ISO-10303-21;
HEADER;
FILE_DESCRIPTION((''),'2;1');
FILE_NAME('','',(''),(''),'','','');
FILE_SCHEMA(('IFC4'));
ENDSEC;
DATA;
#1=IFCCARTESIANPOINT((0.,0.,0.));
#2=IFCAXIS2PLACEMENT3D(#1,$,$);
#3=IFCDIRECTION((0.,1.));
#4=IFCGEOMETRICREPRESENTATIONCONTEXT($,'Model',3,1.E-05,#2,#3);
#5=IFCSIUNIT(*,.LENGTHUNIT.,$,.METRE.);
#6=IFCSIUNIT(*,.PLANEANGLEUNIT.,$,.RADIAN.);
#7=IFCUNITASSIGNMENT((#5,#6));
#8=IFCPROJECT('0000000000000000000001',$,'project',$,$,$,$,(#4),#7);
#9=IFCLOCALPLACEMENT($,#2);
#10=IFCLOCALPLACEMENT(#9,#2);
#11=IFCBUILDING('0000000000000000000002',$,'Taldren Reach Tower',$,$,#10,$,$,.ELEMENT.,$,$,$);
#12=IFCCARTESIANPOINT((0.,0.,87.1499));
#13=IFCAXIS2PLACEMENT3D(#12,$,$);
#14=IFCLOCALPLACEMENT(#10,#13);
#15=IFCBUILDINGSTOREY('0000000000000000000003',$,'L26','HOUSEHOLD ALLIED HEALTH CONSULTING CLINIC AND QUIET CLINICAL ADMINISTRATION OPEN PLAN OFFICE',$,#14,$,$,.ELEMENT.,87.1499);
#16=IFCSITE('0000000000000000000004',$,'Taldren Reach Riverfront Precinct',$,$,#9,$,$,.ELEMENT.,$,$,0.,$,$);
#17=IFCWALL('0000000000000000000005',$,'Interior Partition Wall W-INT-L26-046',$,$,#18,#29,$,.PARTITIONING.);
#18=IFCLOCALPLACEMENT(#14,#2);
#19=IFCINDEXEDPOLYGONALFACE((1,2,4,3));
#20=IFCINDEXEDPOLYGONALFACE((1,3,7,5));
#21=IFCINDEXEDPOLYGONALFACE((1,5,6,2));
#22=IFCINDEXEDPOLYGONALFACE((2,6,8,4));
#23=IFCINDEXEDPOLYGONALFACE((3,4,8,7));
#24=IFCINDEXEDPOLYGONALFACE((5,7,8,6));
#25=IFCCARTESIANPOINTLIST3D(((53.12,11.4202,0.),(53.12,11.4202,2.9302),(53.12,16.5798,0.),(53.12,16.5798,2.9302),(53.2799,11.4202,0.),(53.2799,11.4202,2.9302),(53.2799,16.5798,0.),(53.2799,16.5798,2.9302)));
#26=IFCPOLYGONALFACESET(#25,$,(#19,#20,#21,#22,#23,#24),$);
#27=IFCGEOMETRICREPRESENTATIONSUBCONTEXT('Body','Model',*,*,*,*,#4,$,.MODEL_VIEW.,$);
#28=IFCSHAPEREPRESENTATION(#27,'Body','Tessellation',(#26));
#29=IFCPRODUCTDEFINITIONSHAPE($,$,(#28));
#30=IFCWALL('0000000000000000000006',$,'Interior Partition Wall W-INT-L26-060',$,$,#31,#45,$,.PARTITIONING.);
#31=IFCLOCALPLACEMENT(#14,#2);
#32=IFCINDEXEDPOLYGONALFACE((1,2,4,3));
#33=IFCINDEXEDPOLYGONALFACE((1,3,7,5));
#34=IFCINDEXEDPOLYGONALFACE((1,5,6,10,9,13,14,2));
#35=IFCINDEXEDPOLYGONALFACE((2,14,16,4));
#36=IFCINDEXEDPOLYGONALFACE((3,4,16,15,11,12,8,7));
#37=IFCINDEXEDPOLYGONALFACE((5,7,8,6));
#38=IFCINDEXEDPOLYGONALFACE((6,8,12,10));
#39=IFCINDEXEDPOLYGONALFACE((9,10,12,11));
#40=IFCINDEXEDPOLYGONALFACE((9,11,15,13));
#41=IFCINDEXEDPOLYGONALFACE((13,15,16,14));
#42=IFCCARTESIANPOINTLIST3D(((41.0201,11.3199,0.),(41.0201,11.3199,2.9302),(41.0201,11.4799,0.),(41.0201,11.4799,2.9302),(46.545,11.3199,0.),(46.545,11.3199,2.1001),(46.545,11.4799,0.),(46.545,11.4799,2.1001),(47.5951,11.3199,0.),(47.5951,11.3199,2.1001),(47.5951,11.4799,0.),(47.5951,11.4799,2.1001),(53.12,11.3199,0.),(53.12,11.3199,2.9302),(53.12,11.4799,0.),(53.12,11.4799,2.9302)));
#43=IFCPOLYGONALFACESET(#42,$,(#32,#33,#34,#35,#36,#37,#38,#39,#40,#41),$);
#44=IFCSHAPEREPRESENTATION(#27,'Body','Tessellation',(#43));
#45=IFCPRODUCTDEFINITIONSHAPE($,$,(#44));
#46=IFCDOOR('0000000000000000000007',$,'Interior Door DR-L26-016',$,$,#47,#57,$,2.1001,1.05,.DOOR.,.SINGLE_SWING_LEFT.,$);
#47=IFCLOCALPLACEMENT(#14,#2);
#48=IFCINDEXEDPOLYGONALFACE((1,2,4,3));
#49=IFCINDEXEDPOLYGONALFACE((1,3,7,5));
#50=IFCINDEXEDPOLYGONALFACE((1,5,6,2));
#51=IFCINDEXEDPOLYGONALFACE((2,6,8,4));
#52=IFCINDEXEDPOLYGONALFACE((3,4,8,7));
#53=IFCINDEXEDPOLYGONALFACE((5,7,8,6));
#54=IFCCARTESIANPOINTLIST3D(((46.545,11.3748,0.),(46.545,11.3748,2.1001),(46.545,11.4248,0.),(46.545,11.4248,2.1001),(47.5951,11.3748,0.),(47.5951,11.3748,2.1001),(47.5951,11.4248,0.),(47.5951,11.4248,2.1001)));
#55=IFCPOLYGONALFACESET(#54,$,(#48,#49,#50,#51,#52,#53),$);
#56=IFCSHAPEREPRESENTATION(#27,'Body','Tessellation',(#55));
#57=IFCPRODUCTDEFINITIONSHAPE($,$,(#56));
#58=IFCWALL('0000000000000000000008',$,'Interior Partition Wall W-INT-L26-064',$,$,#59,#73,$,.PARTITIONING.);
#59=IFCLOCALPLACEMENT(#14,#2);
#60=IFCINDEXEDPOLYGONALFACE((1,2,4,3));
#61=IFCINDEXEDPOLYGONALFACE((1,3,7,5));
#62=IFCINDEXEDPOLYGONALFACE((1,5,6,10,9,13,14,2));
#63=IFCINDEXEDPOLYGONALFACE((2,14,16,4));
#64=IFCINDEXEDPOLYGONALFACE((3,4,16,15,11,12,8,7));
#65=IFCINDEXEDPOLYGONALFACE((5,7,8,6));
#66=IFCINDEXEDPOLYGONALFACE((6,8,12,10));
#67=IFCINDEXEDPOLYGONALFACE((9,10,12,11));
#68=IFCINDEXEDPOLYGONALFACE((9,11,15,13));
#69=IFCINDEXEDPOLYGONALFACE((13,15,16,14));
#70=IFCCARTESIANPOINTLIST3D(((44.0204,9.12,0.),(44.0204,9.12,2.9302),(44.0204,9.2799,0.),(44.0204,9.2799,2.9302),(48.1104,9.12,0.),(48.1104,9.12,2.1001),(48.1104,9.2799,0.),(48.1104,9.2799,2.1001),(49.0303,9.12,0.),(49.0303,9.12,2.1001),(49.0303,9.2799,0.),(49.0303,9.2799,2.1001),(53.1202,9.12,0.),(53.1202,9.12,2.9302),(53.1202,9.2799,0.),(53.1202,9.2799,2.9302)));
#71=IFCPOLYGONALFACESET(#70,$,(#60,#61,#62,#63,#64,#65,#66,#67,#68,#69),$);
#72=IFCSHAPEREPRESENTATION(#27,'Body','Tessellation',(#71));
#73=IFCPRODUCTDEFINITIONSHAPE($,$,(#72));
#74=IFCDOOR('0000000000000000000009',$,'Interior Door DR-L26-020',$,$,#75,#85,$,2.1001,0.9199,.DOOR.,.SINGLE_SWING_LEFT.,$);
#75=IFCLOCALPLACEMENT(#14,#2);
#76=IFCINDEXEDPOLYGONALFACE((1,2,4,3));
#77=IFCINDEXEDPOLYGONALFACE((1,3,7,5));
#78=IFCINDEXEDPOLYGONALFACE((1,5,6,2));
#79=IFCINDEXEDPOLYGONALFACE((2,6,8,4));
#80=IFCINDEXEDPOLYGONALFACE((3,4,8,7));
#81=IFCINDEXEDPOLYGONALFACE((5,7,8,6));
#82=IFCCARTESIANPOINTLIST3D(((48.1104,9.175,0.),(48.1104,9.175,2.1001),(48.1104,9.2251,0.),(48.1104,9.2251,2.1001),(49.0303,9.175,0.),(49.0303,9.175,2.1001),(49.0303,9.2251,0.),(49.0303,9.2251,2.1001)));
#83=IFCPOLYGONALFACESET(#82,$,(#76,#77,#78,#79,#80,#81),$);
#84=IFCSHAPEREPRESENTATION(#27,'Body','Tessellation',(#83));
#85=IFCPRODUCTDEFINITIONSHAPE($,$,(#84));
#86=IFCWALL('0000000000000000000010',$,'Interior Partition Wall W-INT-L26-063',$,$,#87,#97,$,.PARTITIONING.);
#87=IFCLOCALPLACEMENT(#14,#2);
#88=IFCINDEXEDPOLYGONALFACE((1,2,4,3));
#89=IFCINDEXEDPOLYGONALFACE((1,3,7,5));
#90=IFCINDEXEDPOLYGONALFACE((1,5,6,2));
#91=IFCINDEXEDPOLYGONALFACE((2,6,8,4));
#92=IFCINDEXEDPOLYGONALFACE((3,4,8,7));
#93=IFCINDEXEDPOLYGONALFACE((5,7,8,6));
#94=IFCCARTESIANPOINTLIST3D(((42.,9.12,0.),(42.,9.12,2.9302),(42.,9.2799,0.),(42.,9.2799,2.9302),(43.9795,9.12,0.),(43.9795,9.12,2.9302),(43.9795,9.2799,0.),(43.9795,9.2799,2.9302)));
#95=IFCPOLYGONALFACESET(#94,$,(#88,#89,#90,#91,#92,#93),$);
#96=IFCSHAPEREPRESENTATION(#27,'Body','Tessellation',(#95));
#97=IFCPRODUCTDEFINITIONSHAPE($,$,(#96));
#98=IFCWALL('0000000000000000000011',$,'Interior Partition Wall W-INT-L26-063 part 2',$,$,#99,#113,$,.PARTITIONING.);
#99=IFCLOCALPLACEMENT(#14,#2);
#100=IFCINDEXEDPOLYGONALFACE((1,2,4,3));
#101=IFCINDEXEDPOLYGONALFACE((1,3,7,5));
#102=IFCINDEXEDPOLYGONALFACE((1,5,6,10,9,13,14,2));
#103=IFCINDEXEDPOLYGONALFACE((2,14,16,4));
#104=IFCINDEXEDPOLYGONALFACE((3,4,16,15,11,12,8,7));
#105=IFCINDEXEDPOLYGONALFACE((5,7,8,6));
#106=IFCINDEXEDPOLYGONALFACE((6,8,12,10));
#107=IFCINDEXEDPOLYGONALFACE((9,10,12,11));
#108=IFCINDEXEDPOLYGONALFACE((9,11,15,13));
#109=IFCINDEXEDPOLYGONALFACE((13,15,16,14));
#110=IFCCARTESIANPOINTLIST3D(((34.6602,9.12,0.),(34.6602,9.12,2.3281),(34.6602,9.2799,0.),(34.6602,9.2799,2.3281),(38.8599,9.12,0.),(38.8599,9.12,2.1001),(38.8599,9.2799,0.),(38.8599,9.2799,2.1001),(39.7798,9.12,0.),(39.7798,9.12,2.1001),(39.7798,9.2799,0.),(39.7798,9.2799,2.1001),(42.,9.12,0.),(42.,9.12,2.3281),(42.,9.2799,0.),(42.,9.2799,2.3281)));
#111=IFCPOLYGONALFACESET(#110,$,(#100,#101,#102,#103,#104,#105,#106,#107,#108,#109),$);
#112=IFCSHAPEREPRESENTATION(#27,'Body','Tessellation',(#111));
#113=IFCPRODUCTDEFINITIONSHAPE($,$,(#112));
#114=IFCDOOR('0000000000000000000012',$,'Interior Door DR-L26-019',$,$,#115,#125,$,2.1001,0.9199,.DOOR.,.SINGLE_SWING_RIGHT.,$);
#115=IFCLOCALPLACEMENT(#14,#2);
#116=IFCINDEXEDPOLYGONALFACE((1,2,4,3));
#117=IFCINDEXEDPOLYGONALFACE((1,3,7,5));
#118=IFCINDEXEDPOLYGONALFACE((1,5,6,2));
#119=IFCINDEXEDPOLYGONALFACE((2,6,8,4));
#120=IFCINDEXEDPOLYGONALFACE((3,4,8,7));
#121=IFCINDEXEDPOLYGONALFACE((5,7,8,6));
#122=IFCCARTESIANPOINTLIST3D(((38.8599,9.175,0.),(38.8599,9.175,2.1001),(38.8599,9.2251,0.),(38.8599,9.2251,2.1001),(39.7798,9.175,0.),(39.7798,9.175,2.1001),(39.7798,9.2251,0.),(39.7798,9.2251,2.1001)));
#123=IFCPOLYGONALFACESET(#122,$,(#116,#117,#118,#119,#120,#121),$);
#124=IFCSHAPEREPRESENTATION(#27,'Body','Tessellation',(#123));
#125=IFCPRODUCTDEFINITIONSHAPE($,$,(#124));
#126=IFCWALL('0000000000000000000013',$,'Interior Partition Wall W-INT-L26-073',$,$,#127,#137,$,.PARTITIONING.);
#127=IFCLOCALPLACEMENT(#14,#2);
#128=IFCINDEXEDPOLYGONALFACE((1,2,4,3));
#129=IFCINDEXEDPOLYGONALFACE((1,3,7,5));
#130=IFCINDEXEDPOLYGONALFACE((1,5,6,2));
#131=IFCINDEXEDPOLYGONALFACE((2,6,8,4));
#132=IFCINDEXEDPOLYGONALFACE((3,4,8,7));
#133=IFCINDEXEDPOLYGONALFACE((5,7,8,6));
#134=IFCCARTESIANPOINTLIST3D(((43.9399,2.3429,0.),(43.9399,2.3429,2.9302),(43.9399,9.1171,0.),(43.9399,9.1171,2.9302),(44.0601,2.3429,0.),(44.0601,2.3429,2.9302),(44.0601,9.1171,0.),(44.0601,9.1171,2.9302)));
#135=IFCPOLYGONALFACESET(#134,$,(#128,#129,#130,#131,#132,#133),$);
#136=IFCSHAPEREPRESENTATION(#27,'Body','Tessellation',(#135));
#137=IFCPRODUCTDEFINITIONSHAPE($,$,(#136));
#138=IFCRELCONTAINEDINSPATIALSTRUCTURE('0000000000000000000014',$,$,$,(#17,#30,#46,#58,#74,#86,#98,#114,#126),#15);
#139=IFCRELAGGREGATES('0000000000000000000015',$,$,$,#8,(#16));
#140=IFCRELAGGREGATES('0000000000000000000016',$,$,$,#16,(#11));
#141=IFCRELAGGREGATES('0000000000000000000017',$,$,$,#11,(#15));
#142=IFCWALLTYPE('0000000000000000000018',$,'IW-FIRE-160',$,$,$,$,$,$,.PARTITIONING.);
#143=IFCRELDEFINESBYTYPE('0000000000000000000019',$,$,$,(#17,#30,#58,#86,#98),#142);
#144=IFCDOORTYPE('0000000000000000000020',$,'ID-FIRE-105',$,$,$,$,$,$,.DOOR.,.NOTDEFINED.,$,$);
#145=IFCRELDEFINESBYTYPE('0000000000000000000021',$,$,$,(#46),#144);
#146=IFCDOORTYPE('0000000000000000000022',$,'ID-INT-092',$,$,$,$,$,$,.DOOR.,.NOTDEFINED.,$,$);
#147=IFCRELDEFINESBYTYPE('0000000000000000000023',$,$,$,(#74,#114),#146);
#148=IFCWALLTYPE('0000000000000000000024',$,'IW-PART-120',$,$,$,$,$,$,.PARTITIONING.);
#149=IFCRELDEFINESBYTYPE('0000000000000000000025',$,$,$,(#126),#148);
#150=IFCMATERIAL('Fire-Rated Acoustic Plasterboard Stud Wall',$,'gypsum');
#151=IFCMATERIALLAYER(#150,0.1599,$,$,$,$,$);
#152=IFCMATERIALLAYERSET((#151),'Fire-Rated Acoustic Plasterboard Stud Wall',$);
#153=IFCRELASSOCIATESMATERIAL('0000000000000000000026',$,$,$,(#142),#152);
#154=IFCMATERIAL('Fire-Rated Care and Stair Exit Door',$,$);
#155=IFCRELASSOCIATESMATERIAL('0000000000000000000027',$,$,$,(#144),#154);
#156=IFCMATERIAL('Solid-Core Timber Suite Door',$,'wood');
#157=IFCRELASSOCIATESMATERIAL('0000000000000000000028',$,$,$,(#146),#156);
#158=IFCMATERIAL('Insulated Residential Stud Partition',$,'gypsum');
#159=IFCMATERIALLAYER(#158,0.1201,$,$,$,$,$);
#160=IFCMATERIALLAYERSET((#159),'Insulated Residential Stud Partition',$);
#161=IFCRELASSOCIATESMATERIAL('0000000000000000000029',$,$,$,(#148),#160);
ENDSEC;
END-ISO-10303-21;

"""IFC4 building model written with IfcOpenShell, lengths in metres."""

from ifc_helpers import new_model, si_unit, direction, frame, frame_2d, origin, place, context, subcontext, project, spatial, rectangle, extrude, source, transform, mapped, material, layer, layer_set, type_object, element, fill, save


model = new_model("IFC4")

# Units and contexts
model_context = context("Model", 3, precision=1e-05, world=origin(), true_north=direction((0.0, 1.0)))
body_context = subcontext(model_context, "Body", "Model", "MODEL_VIEW")
ifc_project = project(units=[si_unit("LENGTHUNIT", "METRE"), si_unit("PLANEANGLEUNIT", "RADIAN")], contexts=[model_context])

# Site, building, storey
site_placement = place(None, origin())
site = spatial("IfcSite", under=ifc_project, at=site_placement, Name="Taldren Reach Riverfront Precinct", CompositionType="ELEMENT", RefElevation=0.0)
building_placement = place(site_placement, origin())
building = spatial("IfcBuilding", under=site, at=building_placement, Name="Taldren Reach Tower", CompositionType="ELEMENT")
storey_placement = place(building_placement, frame((0.0, 0.0, 87.1499)))
storey = spatial("IfcBuildingStorey", under=building, at=storey_placement, Name="L26", Description="HOUSEHOLD ALLIED HEALTH CONSULTING CLINIC AND QUIET CLINICAL ADMINISTRATION OPEN PLAN OFFICE", CompositionType="ELEMENT", Elevation=87.1499)

# Wall
ifc_material_1 = material(Name="Fire-Rated Acoustic Plasterboard Stud Wall", Category="gypsum")
ifc_layer_1 = layer(ifc_material_1, 0.1599)
ifc_layer_set_1 = layer_set([ifc_layer_1], Name="Fire-Rated Acoustic Plasterboard Stud Wall")
wall_type_1 = type_object("IfcWallType", Name="IW-FIRE-160", PredefinedType="PARTITIONING", material=ifc_layer_set_1)
shared_shape_1 = source(origin(), body_context, "Body", "SweptSolid", [
    extrude(rectangle(XDim=5.1597, YDim=0.1599, at=frame_2d((2.5798, 0.0))), origin(), (0.0, 0.0, 1.0), 2.9302),
])
wall_1_placement = place(storey_placement, frame((53.2, 11.4202, 0.0), z_axis=(0.0, 0.0, 1.0), x_axis=(0.0, 1.0, 0.0)))
element("IfcWall", 1, at=wall_1_placement, inside=storey, type_object=wall_type_1, Name="Interior Partition Wall W-INT-L26-046", PredefinedType="PARTITIONING", context=body_context, shape_type="MappedRepresentation", body=[
    mapped(shared_shape_1, transform((0.0, 0.0, 0.0), scale=1.0)),
])

# Walls, openings, doors
shared_shape_2 = source(origin(), body_context, "Body", "SweptSolid", [
    extrude(rectangle(XDim=12.0999, YDim=0.1599, at=frame_2d((6.0498, 0.0))), origin(), (0.0, 0.0, 1.0), 2.9302),
])
wall_2_placement = place(storey_placement, frame((41.0203, 11.3999, 0.0), z_axis=(0.0, 0.0, 1.0), x_axis=(1.0, 0.0, 0.0)))
wall_2 = element("IfcWall", 2, at=wall_2_placement, inside=storey, type_object=wall_type_1, Name="Interior Partition Wall W-INT-L26-060", PredefinedType="PARTITIONING", context=body_context, shape_type="MappedRepresentation", body=[
    mapped(shared_shape_2, transform((0.0, 0.0, 0.0), scale=1.0)),
])
shared_shape_3 = source(origin(), body_context, "Body", "SweptSolid", [
    extrude(rectangle(XDim=1.05, YDim=2.1001, at=frame_2d((0.5249, 1.05))), frame((0.0, 0.0898, 0.0), z_axis=(0.0, -1.0, 0.0), x_axis=(1.0, 0.0, 0.0)), (0.0, 0.0, 1.0), 0.1799),
])
opening_1_placement = place(wall_2_placement, frame((5.5249, 0.0, 0.0)))
opening_1 = element("IfcOpeningElement", 3, at=opening_1_placement, cuts=wall_2, PredefinedType="OPENING", context=body_context, shape_type="MappedRepresentation", body=[
    mapped(shared_shape_3, transform((0.0, 0.0, 0.0), scale=1.0)),
])
ifc_material_2 = material(Name="Fire-Rated Care and Stair Exit Door")
door_type_1 = type_object("IfcDoorType", Name="ID-FIRE-105", OperationType="NOTDEFINED", PredefinedType="DOOR", material=ifc_material_2)
shared_shape_4 = source(origin(), body_context, "Body", "SweptSolid", [
    extrude(rectangle(XDim=1.05, YDim=2.1001, at=frame_2d((0.5249, 1.05))), frame((0.0, 0.0249, 0.0), z_axis=(0.0, -1.0, 0.0), x_axis=(1.0, 0.0, 0.0)), (0.0, 0.0, 1.0), 0.05),
])
door_1_placement = place(opening_1_placement, origin())
door_1 = element("IfcDoor", 4, at=door_1_placement, inside=storey, type_object=door_type_1, Name="Interior Door DR-L26-016", OperationType="SINGLE_SWING_LEFT", OverallHeight=2.1001, OverallWidth=1.05, PredefinedType="DOOR", context=body_context, shape_type="MappedRepresentation", body=[
    mapped(shared_shape_4, transform((0.0, 0.0, 0.0), scale=1.0)),
])
fill(opening_1, door_1)
shared_shape_5 = source(origin(), body_context, "Body", "SweptSolid", [
    extrude(rectangle(XDim=9.0999, YDim=0.1599, at=frame_2d((4.5498, 0.0))), origin(), (0.0, 0.0, 1.0), 2.9302),
])
wall_3_placement = place(storey_placement, frame((53.1201, 9.2, 0.0), z_axis=(0.0, 0.0, 1.0), x_axis=(-1.0, 0.0, 0.0)))
wall_3 = element("IfcWall", 5, at=wall_3_placement, inside=storey, type_object=wall_type_1, Name="Interior Partition Wall W-INT-L26-064", PredefinedType="PARTITIONING", context=body_context, shape_type="MappedRepresentation", body=[
    mapped(shared_shape_5, transform((0.0, 0.0, 0.0), scale=1.0)),
])
shared_shape_6 = source(origin(), body_context, "Body", "SweptSolid", [
    extrude(rectangle(XDim=0.9199, YDim=2.1001, at=frame_2d((0.46, 1.05))), frame((0.0, 0.0898, 0.0), z_axis=(0.0, -1.0, 0.0), x_axis=(1.0, 0.0, 0.0)), (0.0, 0.0, 1.0), 0.1799),
])
opening_2_placement = place(wall_3_placement, frame((4.0898, 0.0, 0.0)))
opening_2 = element("IfcOpeningElement", 6, at=opening_2_placement, cuts=wall_3, PredefinedType="OPENING", context=body_context, shape_type="MappedRepresentation", body=[
    mapped(shared_shape_6, transform((0.0, 0.0, 0.0), scale=1.0)),
])
ifc_material_3 = material(Name="Solid-Core Timber Suite Door", Category="wood")
door_type_2 = type_object("IfcDoorType", Name="ID-INT-092", OperationType="NOTDEFINED", PredefinedType="DOOR", material=ifc_material_3)
shared_shape_7 = source(origin(), body_context, "Body", "SweptSolid", [
    extrude(rectangle(XDim=0.9199, YDim=2.1001, at=frame_2d((0.46, 1.05))), frame((0.0, 0.0249, 0.0), z_axis=(0.0, -1.0, 0.0), x_axis=(1.0, 0.0, 0.0)), (0.0, 0.0, 1.0), 0.05),
])
door_2_placement = place(opening_2_placement, origin())
door_2 = element("IfcDoor", 7, at=door_2_placement, inside=storey, type_object=door_type_2, Name="Interior Door DR-L26-020", OperationType="SINGLE_SWING_LEFT", OverallHeight=2.1001, OverallWidth=0.9199, PredefinedType="DOOR", context=body_context, shape_type="MappedRepresentation", body=[
    mapped(shared_shape_7, transform((0.0, 0.0, 0.0), scale=1.0)),
])
fill(opening_2, door_2)

# Wall
shared_shape_8 = source(origin(), body_context, "Body", "SweptSolid", [
    extrude(rectangle(XDim=1.9795, YDim=0.1599, at=frame_2d((0.9897, 0.0))), origin(), (0.0, 0.0, 1.0), 2.9302),
])
wall_4_placement = place(storey_placement, frame((43.9795, 9.2, 0.0), z_axis=(0.0, 0.0, 1.0), x_axis=(-1.0, 0.0, 0.0)))
element("IfcWall", 8, at=wall_4_placement, inside=storey, type_object=wall_type_1, Name="Interior Partition Wall W-INT-L26-063", PredefinedType="PARTITIONING", context=body_context, shape_type="MappedRepresentation", body=[
    mapped(shared_shape_8, transform((0.0, 0.0, 0.0), scale=1.0)),
])

# Wall, opening, door
shared_shape_9 = source(origin(), body_context, "Body", "SweptSolid", [
    extrude(rectangle(XDim=7.3398, YDim=0.1599, at=frame_2d((3.6699, 0.0))), origin(), (0.0, 0.0, 1.0), 2.3281),
])
wall_5_placement = place(storey_placement, frame((42.0, 9.2, 0.0), z_axis=(0.0, 0.0, 1.0), x_axis=(-1.0, 0.0, 0.0)))
wall_5 = element("IfcWall", 9, at=wall_5_placement, inside=storey, type_object=wall_type_1, Name="Interior Partition Wall W-INT-L26-063 part 2", PredefinedType="PARTITIONING", context=body_context, shape_type="MappedRepresentation", body=[
    mapped(shared_shape_9, transform((0.0, 0.0, 0.0), scale=1.0)),
])
opening_3_placement = place(wall_5_placement, frame((2.2202, 0.0, 0.0)))
opening_3 = element("IfcOpeningElement", 10, at=opening_3_placement, cuts=wall_5, PredefinedType="OPENING", context=body_context, shape_type="MappedRepresentation", body=[
    mapped(shared_shape_6, transform((0.0, 0.0, 0.0), scale=1.0)),
])
door_3_placement = place(opening_3_placement, origin())
door_3 = element("IfcDoor", 11, at=door_3_placement, inside=storey, type_object=door_type_2, Name="Interior Door DR-L26-019", OperationType="SINGLE_SWING_RIGHT", OverallHeight=2.1001, OverallWidth=0.9199, PredefinedType="DOOR", context=body_context, shape_type="MappedRepresentation", body=[
    mapped(shared_shape_7, transform((0.0, 0.0, 0.0), scale=1.0)),
])
fill(opening_3, door_3)

# Wall
ifc_material_4 = material(Name="Insulated Residential Stud Partition", Category="gypsum")
ifc_layer_2 = layer(ifc_material_4, 0.1201)
ifc_layer_set_2 = layer_set([ifc_layer_2], Name="Insulated Residential Stud Partition")
wall_type_2 = type_object("IfcWallType", Name="IW-PART-120", PredefinedType="PARTITIONING", material=ifc_layer_set_2)
shared_shape_10 = source(origin(), body_context, "Body", "SweptSolid", [
    extrude(rectangle(XDim=6.7742, YDim=0.1201, at=frame_2d((3.3872, 0.0))), origin(), (0.0, 0.0, 1.0), 2.9302),
])
wall_6_placement = place(storey_placement, frame((44.0, 9.1172, 0.0), z_axis=(0.0, 0.0, 1.0), x_axis=(0.0, -1.0, 0.0)))
element("IfcWall", 12, at=wall_6_placement, inside=storey, type_object=wall_type_2, Name="Interior Partition Wall W-INT-L26-073", PredefinedType="PARTITIONING", context=body_context, shape_type="MappedRepresentation", body=[
    mapped(shared_shape_10, transform((0.0, 0.0, 0.0), scale=1.0)),
])

save(model, "model.ifc")
